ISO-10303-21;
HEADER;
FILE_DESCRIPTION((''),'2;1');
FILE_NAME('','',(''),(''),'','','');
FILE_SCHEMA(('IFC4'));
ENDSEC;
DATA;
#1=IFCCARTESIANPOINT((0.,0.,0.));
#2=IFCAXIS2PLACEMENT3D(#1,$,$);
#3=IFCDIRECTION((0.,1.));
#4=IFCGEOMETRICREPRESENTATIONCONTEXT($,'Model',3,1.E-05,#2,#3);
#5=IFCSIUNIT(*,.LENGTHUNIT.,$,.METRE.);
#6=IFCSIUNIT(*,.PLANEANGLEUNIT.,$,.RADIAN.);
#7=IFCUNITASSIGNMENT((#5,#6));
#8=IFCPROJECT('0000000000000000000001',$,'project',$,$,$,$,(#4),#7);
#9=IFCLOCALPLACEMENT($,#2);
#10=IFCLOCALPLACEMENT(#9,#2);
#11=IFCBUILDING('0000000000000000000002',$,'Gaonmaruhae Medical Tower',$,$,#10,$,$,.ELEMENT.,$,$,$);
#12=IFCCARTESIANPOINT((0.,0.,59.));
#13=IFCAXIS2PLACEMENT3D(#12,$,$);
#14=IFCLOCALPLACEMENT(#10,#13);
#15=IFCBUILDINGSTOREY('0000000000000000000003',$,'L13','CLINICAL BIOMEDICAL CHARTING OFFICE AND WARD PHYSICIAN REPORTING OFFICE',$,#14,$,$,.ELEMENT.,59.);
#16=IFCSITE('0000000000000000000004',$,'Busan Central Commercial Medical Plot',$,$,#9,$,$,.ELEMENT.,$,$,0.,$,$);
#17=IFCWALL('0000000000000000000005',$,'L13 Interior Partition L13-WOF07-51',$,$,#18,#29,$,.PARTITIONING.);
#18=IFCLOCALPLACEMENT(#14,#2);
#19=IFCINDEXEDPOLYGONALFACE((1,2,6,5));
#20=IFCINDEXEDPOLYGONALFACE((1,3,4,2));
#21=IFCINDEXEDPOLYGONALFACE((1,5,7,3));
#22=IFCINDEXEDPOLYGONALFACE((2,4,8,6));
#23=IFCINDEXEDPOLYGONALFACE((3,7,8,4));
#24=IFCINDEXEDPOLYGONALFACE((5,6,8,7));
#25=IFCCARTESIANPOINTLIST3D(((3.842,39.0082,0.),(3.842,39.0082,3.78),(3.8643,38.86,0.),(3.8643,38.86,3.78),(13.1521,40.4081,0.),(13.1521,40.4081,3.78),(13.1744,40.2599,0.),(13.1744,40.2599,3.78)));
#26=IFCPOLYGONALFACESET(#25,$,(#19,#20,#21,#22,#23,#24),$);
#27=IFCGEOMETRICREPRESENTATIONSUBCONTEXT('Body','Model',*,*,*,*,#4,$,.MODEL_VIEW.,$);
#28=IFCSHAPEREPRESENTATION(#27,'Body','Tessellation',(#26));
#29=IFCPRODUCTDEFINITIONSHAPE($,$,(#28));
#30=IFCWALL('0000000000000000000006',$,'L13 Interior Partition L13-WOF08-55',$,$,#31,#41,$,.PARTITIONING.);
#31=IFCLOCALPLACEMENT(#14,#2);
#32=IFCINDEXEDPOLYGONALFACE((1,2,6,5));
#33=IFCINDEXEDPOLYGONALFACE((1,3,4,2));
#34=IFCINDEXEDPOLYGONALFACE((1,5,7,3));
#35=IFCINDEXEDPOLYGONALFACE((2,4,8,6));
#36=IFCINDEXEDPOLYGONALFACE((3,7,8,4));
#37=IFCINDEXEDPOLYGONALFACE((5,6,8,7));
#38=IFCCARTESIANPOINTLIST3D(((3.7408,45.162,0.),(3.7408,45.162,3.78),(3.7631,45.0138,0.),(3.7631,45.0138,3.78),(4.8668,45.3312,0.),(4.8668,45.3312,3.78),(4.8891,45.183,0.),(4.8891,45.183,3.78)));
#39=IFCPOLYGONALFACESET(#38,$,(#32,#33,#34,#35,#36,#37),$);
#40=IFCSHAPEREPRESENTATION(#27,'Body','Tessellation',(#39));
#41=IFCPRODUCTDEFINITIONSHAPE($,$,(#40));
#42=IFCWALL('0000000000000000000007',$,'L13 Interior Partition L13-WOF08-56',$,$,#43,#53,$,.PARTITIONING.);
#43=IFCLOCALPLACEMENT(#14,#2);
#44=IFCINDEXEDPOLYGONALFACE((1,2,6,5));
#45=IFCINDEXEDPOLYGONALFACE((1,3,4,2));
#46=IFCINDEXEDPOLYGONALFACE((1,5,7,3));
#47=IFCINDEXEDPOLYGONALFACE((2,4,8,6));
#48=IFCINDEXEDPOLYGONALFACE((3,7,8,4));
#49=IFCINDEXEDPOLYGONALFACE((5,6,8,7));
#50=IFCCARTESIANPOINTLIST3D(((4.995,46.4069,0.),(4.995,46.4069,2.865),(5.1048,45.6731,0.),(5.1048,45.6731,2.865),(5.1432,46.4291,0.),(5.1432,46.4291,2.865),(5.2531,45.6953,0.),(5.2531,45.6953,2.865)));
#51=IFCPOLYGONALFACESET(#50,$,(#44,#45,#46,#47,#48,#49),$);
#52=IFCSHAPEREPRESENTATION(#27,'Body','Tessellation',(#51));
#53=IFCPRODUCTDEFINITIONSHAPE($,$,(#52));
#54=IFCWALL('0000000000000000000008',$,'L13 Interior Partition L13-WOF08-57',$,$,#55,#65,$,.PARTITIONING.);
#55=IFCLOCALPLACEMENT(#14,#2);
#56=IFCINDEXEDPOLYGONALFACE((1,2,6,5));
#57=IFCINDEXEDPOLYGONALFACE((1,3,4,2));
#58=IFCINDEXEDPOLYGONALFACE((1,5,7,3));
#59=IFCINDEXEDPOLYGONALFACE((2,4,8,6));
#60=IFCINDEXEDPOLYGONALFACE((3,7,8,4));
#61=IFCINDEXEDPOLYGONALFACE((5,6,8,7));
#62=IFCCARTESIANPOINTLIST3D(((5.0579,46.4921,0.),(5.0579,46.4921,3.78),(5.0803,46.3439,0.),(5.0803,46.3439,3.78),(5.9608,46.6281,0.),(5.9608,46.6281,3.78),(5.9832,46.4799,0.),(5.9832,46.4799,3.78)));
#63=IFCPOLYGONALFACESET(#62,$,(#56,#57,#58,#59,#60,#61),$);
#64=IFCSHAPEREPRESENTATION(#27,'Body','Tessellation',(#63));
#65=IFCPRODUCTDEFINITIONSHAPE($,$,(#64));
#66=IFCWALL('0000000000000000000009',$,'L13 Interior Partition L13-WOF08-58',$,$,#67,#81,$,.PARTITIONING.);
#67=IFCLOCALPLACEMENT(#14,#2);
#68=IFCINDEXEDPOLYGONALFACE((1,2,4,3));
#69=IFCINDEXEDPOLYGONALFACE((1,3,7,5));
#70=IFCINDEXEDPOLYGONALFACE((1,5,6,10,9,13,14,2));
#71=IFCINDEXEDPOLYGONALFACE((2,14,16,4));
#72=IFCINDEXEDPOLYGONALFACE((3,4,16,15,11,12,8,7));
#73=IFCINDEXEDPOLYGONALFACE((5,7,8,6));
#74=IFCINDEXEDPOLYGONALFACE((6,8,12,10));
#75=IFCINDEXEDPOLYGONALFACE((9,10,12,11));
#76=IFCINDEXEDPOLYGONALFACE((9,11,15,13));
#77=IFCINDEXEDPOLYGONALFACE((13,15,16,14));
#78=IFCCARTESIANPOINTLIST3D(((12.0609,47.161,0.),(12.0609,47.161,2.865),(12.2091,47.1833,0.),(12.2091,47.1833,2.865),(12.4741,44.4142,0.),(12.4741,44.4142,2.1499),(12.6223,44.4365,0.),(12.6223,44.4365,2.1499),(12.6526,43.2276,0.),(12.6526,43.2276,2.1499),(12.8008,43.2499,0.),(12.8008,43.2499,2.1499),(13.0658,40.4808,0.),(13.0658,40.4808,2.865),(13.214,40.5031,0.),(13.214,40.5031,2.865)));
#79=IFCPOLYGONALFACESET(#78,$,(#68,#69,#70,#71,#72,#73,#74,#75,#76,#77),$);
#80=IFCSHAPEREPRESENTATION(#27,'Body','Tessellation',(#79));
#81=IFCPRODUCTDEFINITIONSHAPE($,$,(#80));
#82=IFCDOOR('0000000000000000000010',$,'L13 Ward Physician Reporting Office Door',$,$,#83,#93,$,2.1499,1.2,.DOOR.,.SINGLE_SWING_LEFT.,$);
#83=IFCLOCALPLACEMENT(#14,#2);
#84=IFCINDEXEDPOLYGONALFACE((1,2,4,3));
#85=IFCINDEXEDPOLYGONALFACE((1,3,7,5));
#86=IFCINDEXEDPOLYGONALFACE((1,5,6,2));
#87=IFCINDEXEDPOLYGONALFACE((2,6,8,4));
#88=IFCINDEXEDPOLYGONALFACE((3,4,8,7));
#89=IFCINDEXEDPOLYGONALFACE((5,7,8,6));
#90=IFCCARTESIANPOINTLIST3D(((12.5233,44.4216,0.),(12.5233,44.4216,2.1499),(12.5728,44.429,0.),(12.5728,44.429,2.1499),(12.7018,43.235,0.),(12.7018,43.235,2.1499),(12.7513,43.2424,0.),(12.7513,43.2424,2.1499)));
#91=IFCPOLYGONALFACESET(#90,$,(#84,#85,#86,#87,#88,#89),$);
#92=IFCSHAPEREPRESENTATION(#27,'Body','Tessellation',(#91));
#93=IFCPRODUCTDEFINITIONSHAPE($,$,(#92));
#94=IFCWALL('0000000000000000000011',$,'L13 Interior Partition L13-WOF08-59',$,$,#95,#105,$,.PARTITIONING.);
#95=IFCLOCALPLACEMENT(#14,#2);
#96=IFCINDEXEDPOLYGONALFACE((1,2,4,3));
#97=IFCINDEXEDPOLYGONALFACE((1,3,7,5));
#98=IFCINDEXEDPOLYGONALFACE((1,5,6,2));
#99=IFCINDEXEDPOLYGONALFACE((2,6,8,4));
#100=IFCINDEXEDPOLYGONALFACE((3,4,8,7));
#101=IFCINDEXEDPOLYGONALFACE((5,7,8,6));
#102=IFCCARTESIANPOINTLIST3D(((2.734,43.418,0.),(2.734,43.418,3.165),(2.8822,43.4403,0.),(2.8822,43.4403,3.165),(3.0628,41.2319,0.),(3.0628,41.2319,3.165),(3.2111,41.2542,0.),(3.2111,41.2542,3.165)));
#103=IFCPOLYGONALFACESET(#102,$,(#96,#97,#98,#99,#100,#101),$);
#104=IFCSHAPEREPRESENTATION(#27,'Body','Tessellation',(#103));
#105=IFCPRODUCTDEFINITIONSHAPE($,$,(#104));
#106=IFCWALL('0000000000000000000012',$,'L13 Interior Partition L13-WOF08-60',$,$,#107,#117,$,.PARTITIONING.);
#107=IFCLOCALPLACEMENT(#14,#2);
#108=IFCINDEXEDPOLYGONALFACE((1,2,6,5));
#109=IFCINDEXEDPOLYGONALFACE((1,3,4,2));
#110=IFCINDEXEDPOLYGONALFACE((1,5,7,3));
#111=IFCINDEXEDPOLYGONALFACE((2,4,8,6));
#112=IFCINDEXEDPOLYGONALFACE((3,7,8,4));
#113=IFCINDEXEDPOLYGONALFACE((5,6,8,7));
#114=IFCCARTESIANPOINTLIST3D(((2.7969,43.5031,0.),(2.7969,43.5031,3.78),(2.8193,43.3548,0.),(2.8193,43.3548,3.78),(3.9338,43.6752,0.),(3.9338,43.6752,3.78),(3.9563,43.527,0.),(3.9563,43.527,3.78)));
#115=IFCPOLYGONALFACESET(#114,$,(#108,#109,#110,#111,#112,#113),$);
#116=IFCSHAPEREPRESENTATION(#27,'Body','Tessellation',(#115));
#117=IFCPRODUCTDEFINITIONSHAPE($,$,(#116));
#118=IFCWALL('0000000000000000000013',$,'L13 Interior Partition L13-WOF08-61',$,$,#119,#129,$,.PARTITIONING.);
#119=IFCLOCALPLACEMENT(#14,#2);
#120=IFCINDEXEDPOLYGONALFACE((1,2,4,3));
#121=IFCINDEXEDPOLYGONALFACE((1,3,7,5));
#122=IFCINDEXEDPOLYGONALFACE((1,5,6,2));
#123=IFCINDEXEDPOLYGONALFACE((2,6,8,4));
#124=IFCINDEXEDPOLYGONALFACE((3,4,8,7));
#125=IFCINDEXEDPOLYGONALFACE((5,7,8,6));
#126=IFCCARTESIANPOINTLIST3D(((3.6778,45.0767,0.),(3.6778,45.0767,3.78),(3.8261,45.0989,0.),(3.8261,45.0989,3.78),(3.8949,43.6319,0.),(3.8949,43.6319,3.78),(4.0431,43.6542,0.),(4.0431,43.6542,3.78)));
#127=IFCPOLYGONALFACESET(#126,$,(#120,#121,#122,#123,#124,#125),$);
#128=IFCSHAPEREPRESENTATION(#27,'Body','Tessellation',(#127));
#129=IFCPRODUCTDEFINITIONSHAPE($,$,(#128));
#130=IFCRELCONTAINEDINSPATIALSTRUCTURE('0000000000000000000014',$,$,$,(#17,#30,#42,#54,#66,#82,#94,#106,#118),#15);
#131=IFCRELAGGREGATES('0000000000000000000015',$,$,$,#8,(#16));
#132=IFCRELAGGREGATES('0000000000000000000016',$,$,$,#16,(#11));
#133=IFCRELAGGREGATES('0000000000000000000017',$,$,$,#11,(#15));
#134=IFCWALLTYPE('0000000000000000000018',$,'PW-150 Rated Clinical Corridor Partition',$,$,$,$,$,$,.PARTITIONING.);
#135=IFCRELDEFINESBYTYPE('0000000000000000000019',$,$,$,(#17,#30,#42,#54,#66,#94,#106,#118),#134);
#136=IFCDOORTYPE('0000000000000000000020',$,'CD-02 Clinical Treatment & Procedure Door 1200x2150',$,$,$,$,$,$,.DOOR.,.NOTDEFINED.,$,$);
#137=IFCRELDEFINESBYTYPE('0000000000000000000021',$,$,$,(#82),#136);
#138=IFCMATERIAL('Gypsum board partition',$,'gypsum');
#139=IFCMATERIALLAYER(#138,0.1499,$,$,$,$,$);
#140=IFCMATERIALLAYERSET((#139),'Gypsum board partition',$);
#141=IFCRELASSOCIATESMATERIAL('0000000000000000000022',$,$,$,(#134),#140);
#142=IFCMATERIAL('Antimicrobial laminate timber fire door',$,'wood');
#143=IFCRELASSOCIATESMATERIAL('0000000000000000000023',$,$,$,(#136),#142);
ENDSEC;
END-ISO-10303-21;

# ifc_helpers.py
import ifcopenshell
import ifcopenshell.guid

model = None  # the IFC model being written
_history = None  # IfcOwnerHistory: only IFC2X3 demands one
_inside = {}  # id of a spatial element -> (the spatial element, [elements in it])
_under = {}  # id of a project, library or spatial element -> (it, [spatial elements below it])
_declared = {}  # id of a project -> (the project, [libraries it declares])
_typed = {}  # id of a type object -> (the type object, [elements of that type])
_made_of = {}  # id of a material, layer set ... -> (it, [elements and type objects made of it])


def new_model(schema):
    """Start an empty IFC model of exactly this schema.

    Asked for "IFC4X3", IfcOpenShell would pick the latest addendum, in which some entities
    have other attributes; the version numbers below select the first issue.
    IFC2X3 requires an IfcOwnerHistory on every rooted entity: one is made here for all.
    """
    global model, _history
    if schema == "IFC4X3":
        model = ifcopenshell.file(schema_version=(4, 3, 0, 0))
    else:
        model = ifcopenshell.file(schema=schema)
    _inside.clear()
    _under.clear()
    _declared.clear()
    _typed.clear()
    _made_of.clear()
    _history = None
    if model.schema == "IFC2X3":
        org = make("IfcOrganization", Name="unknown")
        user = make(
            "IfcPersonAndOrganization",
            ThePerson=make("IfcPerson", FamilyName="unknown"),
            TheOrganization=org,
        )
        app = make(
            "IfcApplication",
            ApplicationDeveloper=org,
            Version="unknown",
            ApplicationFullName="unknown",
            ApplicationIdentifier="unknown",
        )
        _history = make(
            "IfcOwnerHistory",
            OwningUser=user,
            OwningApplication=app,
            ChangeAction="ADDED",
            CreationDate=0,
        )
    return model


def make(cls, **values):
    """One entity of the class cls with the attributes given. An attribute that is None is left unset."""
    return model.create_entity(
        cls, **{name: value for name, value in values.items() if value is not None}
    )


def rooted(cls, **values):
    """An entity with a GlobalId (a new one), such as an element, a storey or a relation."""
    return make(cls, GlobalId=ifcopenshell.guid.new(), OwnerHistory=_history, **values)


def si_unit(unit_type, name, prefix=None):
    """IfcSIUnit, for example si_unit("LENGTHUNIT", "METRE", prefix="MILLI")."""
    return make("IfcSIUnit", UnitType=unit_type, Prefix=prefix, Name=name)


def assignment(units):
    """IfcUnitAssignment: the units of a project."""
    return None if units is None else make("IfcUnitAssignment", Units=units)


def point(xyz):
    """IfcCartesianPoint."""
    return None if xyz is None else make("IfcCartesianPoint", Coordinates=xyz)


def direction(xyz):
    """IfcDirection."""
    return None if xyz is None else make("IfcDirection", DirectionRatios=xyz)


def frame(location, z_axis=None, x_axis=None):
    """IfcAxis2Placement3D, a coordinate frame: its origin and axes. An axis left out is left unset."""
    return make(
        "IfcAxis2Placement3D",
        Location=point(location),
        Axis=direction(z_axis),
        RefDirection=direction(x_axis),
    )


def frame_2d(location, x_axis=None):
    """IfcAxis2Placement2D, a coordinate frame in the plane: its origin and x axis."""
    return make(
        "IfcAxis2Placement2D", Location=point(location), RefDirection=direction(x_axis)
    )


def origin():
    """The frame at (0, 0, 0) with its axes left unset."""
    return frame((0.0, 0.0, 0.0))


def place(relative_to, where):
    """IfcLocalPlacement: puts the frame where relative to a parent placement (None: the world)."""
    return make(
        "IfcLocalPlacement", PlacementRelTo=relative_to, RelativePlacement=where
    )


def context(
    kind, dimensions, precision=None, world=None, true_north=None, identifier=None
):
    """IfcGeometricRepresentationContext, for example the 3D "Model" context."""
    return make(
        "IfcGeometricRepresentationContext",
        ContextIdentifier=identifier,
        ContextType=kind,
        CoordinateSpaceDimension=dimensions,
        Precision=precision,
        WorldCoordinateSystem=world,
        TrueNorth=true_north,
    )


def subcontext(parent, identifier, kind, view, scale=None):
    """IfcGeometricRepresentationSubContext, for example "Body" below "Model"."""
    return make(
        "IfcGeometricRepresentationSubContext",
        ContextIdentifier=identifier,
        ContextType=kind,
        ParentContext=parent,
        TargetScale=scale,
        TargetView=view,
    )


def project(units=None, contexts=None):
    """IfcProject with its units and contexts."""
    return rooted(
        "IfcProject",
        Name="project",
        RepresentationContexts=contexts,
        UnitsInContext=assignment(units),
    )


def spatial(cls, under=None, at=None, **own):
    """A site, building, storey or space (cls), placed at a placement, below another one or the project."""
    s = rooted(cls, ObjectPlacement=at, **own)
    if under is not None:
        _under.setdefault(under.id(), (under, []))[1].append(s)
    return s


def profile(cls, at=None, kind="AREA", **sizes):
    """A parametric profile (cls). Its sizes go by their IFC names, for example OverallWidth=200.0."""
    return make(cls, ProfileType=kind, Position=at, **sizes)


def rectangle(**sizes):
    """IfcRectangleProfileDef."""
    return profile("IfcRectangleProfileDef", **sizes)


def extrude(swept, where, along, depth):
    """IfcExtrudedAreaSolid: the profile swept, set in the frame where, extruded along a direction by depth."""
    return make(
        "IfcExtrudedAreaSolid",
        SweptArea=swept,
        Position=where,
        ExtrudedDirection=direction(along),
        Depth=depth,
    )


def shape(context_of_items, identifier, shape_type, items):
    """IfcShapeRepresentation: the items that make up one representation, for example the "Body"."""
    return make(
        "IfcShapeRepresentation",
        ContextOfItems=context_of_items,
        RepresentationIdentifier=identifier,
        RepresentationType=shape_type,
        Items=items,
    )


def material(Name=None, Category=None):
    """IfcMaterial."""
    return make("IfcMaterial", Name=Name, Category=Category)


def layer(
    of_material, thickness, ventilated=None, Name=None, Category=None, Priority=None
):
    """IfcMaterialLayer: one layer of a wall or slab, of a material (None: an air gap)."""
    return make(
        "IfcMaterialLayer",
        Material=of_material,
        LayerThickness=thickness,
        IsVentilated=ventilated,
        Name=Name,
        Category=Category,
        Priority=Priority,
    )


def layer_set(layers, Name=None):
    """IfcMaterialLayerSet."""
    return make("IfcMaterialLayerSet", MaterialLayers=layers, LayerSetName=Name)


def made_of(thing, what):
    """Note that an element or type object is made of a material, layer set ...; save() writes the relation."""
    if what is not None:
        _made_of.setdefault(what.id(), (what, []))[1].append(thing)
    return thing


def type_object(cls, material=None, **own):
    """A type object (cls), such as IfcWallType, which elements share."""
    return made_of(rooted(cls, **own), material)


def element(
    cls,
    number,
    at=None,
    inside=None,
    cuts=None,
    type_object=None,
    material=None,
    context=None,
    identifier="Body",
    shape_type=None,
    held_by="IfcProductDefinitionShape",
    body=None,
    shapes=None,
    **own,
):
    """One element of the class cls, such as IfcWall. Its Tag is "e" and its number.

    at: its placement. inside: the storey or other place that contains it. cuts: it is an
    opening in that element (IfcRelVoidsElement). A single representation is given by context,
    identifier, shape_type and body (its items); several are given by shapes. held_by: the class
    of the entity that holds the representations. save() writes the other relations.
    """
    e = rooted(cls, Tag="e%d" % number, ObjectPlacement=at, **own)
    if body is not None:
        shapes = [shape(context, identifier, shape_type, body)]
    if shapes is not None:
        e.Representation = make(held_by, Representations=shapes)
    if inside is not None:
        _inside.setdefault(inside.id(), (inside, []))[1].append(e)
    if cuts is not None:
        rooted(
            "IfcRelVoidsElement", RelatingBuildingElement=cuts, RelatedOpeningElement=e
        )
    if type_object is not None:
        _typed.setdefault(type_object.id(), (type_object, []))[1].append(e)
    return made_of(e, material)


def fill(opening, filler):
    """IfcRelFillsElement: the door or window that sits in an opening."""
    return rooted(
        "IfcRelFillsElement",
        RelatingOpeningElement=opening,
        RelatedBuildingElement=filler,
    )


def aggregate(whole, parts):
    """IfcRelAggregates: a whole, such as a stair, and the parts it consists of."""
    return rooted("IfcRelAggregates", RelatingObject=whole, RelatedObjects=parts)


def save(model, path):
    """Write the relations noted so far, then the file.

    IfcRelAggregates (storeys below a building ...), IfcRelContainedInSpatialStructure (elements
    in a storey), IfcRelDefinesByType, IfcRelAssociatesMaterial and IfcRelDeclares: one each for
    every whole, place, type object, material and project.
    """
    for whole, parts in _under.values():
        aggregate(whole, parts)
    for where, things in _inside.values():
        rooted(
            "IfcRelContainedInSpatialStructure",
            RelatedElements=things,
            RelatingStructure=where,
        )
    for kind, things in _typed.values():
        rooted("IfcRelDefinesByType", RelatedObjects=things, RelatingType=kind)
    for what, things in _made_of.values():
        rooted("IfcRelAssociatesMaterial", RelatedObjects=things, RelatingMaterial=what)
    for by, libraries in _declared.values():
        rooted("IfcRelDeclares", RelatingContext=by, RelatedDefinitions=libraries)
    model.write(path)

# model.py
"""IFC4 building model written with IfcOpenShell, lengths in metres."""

from ifc_helpers import new_model, si_unit, direction, frame, frame_2d, origin, place, context, subcontext, project, spatial, rectangle, extrude, material, layer, layer_set, type_object, element, fill, save


model = new_model("IFC4")

# Units and contexts
model_context = context("Model", 3, precision=1e-05, world=origin(), true_north=direction((0.0, 1.0)))
body_context = subcontext(model_context, "Body", "Model", "MODEL_VIEW")
ifc_project = project(units=[si_unit("LENGTHUNIT", "METRE"), si_unit("PLANEANGLEUNIT", "RADIAN")], contexts=[model_context])

# Site, building, storey
site_placement = place(None, origin())
site = spatial("IfcSite", under=ifc_project, at=site_placement, Name="Busan Central Commercial Medical Plot", CompositionType="ELEMENT", RefElevation=0.0)
building_placement = place(site_placement, origin())
building = spatial("IfcBuilding", under=site, at=building_placement, Name="Gaonmaruhae Medical Tower", CompositionType="ELEMENT")
storey_placement = place(building_placement, frame((0.0, 0.0, 59.0)))
storey = spatial("IfcBuildingStorey", under=building, at=storey_placement, Name="L13", Description="CLINICAL BIOMEDICAL CHARTING OFFICE AND WARD PHYSICIAN REPORTING OFFICE", CompositionType="ELEMENT", Elevation=59.0)

# Walls
ifc_material_1 = material(Name="Gypsum board partition", Category="gypsum")
ifc_layer_1 = layer(ifc_material_1, 0.1499)
ifc_layer_set_1 = layer_set([ifc_layer_1], Name="Gypsum board partition")
wall_type_1 = type_object("IfcWallType", Name="PW-150 Rated Clinical Corridor Partition", PredefinedType="PARTITIONING", material=ifc_layer_set_1)
wall_1_placement = place(storey_placement, frame((3.853, 38.9341, 0.0), z_axis=(0.0, 0.0, 1.0), x_axis=(0.988883, 0.148693, 0.0)))
element("IfcWall", 1, at=wall_1_placement, inside=storey, type_object=wall_type_1, Name="L13 Interior Partition L13-WOF07-51", PredefinedType="PARTITIONING", context=body_context, shape_type="SweptSolid", body=[
    extrude(rectangle(XDim=9.4148, YDim=0.1499, at=frame_2d((4.7075, 0.0))), origin(), (0.0, 0.0, 1.0), 3.78),
])
wall_2_placement = place(storey_placement, frame((3.752, 45.0879, 0.0), z_axis=(0.0, 0.0, 1.0), x_axis=(0.988899, 0.148592, 0.0)))
element("IfcWall", 2, at=wall_2_placement, inside=storey, type_object=wall_type_1, Name="L13 Interior Partition L13-WOF08-55", PredefinedType="PARTITIONING", context=body_context, shape_type="SweptSolid", body=[
    extrude(rectangle(XDim=1.1387, YDim=0.1499, at=frame_2d((0.5693, 0.0))), origin(), (0.0, 0.0, 1.0), 3.78),
])
wall_3_placement = place(storey_placement, frame((5.179, 45.6841, 0.0), z_axis=(0.0, 0.0, 1.0), x_axis=(-0.148051, 0.98898, 0.0)))
element("IfcWall", 3, at=wall_3_placement, inside=storey, type_object=wall_type_1, Name="L13 Interior Partition L13-WOF08-56", PredefinedType="PARTITIONING", context=body_context, shape_type="SweptSolid", body=[
    extrude(rectangle(XDim=0.7419, YDim=0.1499, at=frame_2d((0.3711, 0.0))), origin(), (0.0, 0.0, 1.0), 2.865),
])
wall_4_placement = place(storey_placement, frame((5.0691, 46.418, 0.0), z_axis=(0.0, 0.0, 1.0), x_axis=(0.988846, 0.148942, 0.0)))
element("IfcWall", 4, at=wall_4_placement, inside=storey, type_object=wall_type_1, Name="L13 Interior Partition L13-WOF08-57", PredefinedType="PARTITIONING", context=body_context, shape_type="SweptSolid", body=[
    extrude(rectangle(XDim=0.9131, YDim=0.1499, at=frame_2d((0.4565, 0.0))), origin(), (0.0, 0.0, 1.0), 3.78),
])

# Wall, opening, door
wall_5_placement = place(storey_placement, frame((12.135, 47.1721, 0.0), z_axis=(0.0, 0.0, 1.0), x_axis=(0.148754, -0.988874, 0.0)))
wall_5 = element("IfcWall", 5, at=wall_5_placement, inside=storey, type_object=wall_type_1, Name="L13 Interior Partition L13-WOF08-58", PredefinedType="PARTITIONING", context=body_context, shape_type="SweptSolid", body=[
    extrude(rectangle(XDim=6.7554, YDim=0.1499, at=frame_2d((3.3777, 0.0))), origin(), (0.0, 0.0, 1.0), 2.865),
])
opening_placement = place(wall_5_placement, frame((2.7776, 0.0, 0.0)))
opening = element("IfcOpeningElement", 6, at=opening_placement, cuts=wall_5, PredefinedType="OPENING", context=body_context, shape_type="SweptSolid", body=[
    extrude(rectangle(XDim=1.2, YDim=2.1499, at=frame_2d((0.6001, 1.075))), frame((0.0, 0.085, 0.0), z_axis=(0.0, -1.0, 0.0), x_axis=(1.0, 0.0, 0.0)), (0.0, 0.0, 1.0), 0.1699),
])
ifc_material_2 = material(Name="Antimicrobial laminate timber fire door", Category="wood")
door_type = type_object("IfcDoorType", Name="CD-02 Clinical Treatment & Procedure Door 1200x2150", OperationType="NOTDEFINED", PredefinedType="DOOR", material=ifc_material_2)
door_placement = place(opening_placement, origin())
door = element("IfcDoor", 7, at=door_placement, inside=storey, type_object=door_type, Name="L13 Ward Physician Reporting Office Door", OperationType="SINGLE_SWING_LEFT", OverallHeight=2.1499, OverallWidth=1.2, PredefinedType="DOOR", context=body_context, shape_type="SweptSolid", body=[
    extrude(rectangle(XDim=1.2, YDim=2.1499, at=frame_2d((0.6001, 1.075))), frame((0.0, 0.0249, 0.0), z_axis=(0.0, -1.0, 0.0), x_axis=(1.0, 0.0, 0.0)), (0.0, 0.0, 1.0), 0.05),
])
fill(opening, door)

# Walls
wall_6_placement = place(storey_placement, frame((3.137, 41.2429, 0.0), z_axis=(0.0, 0.0, 1.0), x_axis=(-0.148762, 0.988873, 0.0)))
element("IfcWall", 8, at=wall_6_placement, inside=storey, type_object=wall_type_1, Name="L13 Interior Partition L13-WOF08-59", PredefinedType="PARTITIONING", context=body_context, shape_type="SweptSolid", body=[
    extrude(rectangle(XDim=2.2107, YDim=0.1499, at=frame_2d((1.1055, 0.0))), origin(), (0.0, 0.0, 1.0), 3.165),
])
wall_7_placement = place(storey_placement, frame((2.8081, 43.429, 0.0), z_axis=(0.0, 0.0, 1.0), x_axis=(0.988735, 0.14968, 0.0)))
element("IfcWall", 9, at=wall_7_placement, inside=storey, type_object=wall_type_1, Name="L13 Interior Partition L13-WOF08-60", PredefinedType="PARTITIONING", context=body_context, shape_type="SweptSolid", body=[
    extrude(rectangle(XDim=1.1499, YDim=0.1499, at=frame_2d((0.575, 0.0))), origin(), (0.0, 0.0, 1.0), 3.78),
])
wall_8_placement = place(storey_placement, frame((3.969, 43.6431, 0.0), z_axis=(0.0, 0.0, 1.0), x_axis=(-0.148553, 0.988904, 0.0)))
element("IfcWall", 10, at=wall_8_placement, inside=storey, type_object=wall_type_1, Name="L13 Interior Partition L13-WOF08-61", PredefinedType="PARTITIONING", context=body_context, shape_type="SweptSolid", body=[
    extrude(rectangle(XDim=1.4609, YDim=0.1499, at=frame_2d((0.7305, 0.0))), origin(), (0.0, 0.0, 1.0), 3.78),
])

save(model, "model.ifc")
